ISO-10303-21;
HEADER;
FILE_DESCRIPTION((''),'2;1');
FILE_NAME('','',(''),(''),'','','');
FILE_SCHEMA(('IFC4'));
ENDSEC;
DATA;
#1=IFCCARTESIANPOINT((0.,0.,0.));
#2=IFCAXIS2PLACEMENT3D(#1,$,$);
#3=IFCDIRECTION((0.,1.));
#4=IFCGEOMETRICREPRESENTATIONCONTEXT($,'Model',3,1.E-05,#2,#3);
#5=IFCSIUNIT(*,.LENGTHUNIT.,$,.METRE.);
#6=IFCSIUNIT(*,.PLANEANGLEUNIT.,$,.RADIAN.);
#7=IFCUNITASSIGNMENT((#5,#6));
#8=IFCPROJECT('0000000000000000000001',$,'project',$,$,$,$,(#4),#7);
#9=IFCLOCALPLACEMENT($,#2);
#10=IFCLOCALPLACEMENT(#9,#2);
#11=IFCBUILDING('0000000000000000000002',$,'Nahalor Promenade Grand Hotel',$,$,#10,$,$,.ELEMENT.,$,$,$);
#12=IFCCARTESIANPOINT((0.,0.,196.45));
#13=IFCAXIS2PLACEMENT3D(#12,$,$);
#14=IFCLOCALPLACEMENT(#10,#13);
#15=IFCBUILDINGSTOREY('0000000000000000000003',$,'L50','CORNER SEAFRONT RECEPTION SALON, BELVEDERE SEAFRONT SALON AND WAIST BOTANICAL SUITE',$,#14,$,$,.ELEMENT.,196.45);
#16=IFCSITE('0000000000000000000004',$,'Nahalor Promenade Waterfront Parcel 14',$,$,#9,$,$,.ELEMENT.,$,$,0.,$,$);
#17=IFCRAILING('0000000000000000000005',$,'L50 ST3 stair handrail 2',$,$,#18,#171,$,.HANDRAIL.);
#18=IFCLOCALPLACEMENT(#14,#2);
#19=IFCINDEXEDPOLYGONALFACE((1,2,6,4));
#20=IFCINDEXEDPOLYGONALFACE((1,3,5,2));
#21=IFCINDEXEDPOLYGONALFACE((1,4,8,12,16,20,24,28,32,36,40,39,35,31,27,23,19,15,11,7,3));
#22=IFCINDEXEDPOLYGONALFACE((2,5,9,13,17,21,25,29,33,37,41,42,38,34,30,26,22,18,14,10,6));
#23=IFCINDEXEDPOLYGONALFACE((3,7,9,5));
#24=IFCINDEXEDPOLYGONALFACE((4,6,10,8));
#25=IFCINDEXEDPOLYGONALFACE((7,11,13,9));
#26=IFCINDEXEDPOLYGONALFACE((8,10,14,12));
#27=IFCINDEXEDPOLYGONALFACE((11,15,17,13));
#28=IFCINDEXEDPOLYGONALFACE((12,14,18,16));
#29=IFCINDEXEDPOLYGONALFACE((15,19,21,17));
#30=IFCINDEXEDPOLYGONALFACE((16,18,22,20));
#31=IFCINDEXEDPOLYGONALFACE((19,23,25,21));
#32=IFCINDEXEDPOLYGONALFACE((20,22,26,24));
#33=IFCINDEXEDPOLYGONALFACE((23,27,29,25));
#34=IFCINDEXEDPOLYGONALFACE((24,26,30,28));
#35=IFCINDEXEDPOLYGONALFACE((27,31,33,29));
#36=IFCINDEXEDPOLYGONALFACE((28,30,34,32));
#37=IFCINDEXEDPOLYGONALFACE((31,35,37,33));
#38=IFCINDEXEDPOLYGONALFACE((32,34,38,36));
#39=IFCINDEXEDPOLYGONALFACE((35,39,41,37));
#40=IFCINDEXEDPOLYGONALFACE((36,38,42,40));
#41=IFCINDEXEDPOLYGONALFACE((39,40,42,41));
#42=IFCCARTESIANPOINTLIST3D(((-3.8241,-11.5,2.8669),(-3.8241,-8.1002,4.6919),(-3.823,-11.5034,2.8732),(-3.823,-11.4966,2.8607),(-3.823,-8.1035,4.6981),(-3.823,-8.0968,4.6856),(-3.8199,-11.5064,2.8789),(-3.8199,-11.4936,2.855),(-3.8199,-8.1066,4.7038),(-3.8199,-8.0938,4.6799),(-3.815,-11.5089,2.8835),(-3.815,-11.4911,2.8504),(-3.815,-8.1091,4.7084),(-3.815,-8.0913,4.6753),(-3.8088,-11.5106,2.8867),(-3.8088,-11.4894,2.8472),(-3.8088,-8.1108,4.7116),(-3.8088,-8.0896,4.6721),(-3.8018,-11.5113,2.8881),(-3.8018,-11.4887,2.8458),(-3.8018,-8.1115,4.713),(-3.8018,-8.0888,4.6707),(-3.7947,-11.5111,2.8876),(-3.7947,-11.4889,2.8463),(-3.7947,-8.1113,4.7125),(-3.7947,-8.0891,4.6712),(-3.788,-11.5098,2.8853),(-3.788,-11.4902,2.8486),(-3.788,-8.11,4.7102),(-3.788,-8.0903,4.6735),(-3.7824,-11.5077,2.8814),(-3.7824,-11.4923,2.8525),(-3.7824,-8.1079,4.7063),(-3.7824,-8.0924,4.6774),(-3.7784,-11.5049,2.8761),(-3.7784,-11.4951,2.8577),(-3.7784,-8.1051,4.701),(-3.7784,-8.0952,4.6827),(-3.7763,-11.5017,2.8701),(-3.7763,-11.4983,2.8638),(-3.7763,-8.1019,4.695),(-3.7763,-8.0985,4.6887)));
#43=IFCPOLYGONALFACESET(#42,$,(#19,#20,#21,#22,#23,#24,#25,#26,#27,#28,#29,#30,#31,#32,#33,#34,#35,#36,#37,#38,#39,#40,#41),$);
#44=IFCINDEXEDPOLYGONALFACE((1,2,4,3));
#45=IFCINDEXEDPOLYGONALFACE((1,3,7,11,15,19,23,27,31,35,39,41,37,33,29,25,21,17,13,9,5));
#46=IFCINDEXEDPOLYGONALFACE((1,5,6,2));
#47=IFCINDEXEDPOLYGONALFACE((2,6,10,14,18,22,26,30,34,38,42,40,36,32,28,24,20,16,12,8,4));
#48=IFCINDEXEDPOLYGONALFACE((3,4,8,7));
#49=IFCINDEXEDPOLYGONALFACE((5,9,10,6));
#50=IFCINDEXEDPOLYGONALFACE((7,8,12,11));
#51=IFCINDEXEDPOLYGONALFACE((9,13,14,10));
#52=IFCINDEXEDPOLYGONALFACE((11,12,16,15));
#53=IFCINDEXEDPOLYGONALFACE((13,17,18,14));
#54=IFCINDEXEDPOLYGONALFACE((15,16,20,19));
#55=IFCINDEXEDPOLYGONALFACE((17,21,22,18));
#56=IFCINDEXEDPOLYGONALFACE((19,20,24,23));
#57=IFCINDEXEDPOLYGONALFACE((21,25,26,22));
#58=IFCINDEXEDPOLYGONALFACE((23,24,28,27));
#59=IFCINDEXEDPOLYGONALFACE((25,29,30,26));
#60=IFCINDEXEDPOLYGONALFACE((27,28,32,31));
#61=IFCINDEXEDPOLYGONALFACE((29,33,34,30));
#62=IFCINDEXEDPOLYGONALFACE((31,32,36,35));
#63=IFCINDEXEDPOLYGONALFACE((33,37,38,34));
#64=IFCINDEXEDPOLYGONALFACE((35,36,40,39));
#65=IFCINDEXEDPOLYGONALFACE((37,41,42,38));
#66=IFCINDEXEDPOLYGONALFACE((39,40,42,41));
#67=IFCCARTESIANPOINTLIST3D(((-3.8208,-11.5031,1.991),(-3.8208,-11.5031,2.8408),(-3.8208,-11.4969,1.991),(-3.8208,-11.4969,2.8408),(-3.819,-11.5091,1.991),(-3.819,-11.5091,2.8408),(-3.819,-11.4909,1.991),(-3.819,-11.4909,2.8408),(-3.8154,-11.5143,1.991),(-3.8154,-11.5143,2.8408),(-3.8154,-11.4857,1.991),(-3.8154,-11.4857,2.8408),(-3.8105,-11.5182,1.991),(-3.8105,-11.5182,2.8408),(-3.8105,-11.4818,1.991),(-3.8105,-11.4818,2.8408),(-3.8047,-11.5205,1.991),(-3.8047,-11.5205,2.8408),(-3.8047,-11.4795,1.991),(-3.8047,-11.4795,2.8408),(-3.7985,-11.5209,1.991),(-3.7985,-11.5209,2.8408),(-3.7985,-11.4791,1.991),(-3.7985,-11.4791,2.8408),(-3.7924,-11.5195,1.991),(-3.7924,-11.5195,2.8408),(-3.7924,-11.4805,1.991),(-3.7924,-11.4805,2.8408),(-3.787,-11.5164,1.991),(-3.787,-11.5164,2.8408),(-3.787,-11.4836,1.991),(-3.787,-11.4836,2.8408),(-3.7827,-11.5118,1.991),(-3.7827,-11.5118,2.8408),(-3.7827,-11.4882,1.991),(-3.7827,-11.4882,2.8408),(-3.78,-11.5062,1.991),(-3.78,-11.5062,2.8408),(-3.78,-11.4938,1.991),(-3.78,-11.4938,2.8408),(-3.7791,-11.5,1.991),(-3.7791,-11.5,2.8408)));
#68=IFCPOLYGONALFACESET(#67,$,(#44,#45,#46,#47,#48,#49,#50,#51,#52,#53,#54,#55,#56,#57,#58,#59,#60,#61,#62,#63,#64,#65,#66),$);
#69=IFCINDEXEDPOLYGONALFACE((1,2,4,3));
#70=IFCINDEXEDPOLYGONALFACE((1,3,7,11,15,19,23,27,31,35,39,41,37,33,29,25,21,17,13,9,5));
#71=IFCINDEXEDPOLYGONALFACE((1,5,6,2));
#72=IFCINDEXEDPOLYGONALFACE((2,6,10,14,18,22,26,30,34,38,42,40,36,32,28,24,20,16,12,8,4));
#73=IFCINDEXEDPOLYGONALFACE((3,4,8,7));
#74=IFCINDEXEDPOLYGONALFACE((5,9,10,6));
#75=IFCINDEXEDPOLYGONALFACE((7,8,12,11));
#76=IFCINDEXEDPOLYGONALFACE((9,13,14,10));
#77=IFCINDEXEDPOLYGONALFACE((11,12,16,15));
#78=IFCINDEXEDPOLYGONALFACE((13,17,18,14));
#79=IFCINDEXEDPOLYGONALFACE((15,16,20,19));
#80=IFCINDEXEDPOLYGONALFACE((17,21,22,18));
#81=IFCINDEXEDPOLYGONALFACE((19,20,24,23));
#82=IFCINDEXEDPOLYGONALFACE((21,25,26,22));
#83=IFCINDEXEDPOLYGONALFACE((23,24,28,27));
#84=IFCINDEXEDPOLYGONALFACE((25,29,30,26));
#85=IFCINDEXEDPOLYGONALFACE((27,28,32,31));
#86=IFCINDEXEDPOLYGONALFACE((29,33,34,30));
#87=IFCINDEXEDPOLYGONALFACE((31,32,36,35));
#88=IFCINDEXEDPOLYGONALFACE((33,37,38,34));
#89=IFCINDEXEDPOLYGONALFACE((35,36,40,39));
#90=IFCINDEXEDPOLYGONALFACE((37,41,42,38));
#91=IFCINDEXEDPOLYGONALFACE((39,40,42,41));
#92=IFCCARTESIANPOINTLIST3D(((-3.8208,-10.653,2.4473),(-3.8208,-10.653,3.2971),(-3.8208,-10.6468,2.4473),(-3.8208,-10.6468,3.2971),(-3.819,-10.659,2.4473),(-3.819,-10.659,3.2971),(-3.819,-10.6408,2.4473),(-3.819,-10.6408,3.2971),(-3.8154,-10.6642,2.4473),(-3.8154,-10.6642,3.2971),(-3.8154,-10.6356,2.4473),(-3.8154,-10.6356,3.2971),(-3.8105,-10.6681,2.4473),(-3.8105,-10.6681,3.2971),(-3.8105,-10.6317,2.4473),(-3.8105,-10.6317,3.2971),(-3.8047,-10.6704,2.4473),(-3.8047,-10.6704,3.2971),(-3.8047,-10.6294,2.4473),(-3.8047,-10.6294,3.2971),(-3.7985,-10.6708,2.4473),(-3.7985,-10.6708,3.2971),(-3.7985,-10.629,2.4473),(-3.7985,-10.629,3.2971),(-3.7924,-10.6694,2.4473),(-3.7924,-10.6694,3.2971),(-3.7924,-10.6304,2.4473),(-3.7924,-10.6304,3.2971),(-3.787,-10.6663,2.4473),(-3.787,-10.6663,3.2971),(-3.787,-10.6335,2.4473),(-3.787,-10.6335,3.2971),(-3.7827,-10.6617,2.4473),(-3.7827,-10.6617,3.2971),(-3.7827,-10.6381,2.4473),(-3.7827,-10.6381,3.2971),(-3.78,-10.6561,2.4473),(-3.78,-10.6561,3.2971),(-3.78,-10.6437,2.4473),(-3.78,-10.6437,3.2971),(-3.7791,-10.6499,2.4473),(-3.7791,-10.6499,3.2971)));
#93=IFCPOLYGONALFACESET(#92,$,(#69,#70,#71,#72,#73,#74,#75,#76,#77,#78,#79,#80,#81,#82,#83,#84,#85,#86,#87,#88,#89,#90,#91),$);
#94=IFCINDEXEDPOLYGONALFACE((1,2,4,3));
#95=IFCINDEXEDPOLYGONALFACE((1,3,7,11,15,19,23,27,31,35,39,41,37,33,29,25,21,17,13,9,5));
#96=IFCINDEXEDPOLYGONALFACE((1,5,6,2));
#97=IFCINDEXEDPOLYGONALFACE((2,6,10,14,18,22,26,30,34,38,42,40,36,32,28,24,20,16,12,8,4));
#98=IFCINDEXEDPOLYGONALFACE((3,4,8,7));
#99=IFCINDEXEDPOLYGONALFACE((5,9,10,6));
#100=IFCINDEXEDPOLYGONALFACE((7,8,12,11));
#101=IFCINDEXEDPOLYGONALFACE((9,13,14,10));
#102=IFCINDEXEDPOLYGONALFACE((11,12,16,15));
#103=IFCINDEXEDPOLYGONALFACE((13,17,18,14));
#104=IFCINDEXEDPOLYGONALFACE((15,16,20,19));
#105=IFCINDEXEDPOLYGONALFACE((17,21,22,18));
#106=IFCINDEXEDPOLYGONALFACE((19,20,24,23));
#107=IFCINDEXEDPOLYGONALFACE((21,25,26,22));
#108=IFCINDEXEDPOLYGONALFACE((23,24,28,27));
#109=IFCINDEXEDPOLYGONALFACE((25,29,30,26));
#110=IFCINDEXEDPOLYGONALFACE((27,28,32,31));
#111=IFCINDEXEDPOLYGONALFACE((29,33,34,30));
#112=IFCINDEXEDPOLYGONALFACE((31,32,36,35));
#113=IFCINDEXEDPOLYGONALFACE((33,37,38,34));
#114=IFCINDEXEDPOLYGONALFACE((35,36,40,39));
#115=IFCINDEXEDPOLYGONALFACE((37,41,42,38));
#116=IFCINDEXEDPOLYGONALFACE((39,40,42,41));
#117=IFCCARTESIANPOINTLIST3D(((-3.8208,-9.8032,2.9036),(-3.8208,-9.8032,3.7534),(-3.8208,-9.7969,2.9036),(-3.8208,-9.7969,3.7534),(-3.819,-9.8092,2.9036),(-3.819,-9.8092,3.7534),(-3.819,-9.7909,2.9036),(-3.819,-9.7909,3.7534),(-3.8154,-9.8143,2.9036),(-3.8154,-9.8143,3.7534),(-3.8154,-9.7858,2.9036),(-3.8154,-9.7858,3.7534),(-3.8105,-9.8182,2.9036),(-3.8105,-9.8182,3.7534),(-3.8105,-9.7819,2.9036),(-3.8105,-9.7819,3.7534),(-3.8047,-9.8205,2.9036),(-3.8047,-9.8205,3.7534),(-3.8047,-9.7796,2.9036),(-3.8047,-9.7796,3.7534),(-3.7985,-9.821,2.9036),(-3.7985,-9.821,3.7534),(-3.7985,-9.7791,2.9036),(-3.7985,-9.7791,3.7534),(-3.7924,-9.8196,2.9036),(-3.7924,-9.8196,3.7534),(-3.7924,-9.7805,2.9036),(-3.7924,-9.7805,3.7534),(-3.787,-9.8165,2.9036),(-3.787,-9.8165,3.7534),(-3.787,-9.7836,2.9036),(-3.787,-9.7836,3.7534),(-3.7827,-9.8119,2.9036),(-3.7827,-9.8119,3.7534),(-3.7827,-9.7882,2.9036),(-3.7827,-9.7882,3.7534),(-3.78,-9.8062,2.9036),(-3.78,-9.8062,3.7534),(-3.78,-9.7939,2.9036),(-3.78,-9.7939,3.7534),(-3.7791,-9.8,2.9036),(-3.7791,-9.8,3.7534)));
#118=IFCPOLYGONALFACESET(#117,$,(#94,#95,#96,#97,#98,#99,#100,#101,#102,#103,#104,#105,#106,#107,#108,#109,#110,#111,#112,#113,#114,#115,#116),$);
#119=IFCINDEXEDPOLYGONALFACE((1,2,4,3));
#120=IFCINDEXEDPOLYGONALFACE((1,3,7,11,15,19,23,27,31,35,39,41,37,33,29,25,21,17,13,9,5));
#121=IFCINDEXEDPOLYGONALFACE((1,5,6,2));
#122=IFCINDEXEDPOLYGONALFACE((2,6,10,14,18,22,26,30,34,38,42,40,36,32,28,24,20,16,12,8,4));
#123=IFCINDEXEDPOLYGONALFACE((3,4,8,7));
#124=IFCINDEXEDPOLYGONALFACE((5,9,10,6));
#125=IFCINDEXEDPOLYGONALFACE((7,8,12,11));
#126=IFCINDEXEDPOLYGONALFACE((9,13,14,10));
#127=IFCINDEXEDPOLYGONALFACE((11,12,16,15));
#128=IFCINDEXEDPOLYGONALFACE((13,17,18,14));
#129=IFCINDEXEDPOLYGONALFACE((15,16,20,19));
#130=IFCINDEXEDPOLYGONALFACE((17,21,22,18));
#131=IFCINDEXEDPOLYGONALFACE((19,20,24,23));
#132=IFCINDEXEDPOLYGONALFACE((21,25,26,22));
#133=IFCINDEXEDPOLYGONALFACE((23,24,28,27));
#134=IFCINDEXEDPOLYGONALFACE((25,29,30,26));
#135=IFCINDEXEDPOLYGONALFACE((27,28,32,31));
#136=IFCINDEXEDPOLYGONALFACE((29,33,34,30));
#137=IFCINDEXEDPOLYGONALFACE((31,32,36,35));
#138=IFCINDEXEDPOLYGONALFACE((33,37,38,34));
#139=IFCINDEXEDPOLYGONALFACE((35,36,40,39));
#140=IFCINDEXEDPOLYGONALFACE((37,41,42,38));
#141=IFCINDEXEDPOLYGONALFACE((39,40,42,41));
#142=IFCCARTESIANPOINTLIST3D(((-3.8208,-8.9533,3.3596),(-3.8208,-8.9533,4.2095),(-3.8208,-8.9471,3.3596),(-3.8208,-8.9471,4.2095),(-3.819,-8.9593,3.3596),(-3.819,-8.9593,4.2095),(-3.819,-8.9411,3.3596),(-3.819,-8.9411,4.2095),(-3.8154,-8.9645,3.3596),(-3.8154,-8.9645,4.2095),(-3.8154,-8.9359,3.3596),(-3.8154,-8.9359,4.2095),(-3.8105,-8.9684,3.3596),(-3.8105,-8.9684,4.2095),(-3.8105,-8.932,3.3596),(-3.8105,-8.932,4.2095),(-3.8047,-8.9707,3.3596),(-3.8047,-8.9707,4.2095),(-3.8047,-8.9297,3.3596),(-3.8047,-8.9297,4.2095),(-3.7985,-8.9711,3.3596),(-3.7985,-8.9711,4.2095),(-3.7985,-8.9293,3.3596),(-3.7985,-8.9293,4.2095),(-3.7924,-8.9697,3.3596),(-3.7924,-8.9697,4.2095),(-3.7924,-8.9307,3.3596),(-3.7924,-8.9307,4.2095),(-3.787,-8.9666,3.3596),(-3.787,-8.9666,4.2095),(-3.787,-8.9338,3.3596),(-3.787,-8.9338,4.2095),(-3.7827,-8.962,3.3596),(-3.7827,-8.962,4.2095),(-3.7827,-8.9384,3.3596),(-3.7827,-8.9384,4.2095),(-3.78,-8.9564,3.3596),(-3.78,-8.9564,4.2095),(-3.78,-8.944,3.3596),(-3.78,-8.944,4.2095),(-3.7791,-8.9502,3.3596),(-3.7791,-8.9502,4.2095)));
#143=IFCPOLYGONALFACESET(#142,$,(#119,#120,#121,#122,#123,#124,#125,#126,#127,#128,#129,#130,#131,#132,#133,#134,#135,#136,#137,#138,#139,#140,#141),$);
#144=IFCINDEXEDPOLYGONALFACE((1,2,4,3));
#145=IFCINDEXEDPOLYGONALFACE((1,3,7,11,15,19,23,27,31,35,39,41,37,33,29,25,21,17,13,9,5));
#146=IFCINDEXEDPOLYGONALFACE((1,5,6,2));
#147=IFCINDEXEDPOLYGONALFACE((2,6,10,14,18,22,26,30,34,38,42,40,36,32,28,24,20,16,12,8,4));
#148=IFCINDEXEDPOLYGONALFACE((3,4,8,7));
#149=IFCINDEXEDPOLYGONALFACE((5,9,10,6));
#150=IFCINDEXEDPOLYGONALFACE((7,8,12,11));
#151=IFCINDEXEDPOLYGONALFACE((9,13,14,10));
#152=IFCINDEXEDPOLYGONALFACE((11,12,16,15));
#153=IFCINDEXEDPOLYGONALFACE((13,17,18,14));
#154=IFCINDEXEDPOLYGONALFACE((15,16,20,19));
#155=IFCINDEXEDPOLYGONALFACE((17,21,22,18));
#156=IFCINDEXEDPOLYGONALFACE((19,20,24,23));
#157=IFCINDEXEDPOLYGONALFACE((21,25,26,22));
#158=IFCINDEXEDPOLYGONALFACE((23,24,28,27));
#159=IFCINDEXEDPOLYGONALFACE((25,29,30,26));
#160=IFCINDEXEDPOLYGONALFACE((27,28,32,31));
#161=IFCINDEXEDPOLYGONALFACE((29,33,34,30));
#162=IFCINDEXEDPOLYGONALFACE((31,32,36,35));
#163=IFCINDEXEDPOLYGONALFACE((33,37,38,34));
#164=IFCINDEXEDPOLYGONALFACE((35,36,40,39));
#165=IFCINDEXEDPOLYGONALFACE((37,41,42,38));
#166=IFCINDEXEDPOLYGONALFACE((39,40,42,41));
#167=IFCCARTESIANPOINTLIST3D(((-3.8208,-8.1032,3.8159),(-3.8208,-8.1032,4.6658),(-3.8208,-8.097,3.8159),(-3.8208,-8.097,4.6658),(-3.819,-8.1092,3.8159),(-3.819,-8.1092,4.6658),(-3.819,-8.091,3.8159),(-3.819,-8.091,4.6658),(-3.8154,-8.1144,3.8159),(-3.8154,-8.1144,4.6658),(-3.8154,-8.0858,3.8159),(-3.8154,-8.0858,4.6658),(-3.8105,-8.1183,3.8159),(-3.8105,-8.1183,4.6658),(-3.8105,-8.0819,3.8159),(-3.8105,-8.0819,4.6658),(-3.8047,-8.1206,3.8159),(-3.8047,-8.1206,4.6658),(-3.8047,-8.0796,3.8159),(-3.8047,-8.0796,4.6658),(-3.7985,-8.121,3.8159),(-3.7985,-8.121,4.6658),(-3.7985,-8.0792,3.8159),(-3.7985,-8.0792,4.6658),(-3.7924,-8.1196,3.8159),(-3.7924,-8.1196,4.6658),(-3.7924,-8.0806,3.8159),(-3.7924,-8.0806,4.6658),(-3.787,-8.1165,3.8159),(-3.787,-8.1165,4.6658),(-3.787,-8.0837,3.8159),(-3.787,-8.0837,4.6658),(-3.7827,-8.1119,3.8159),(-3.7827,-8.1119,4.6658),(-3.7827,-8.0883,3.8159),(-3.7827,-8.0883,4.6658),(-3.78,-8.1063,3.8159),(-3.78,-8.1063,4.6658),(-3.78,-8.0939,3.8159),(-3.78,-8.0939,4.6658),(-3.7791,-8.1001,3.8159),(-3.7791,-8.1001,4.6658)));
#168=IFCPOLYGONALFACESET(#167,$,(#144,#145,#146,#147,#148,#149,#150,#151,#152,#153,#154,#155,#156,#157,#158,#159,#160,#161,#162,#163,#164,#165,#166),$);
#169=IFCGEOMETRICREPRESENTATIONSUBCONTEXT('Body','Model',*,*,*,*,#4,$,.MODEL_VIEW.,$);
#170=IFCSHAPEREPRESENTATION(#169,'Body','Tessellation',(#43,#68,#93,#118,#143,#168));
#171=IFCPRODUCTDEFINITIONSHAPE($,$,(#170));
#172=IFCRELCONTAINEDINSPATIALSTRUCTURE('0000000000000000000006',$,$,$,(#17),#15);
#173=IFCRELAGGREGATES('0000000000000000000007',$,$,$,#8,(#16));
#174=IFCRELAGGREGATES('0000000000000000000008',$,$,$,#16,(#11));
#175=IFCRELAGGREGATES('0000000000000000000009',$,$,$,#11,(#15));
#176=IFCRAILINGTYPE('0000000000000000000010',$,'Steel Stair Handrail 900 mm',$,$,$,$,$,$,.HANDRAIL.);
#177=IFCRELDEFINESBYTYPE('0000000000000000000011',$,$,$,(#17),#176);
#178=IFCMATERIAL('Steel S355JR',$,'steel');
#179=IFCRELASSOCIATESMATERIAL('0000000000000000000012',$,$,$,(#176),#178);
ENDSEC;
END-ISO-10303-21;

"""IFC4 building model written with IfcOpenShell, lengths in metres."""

from ifc_helpers import new_model, si_unit, direction, frame, origin, origin_2d, place, context, subcontext, project, spatial, circle, extrude, material, type_object, element, save


model = new_model("IFC4")

# Units and contexts
model_context = context("Model", 3, precision=1e-05, world=origin(), true_north=direction((0.0, 1.0)))
body_context = subcontext(model_context, "Body", "Model", "MODEL_VIEW")
ifc_project = project(units=[si_unit("LENGTHUNIT", "METRE"), si_unit("PLANEANGLEUNIT", "RADIAN")], contexts=[model_context])

# Site, building, storey
site_placement = place(None, origin())
site = spatial("IfcSite", under=ifc_project, at=site_placement, Name="Nahalor Promenade Waterfront Parcel 14", CompositionType="ELEMENT", RefElevation=0.0)
building_placement = place(site_placement, origin())
building = spatial("IfcBuilding", under=site, at=building_placement, Name="Nahalor Promenade Grand Hotel", CompositionType="ELEMENT")
storey_placement = place(building_placement, frame((0.0, 0.0, 196.45)))
storey = spatial("IfcBuildingStorey", under=building, at=storey_placement, Name="L50", Description="CORNER SEAFRONT RECEPTION SALON, BELVEDERE SEAFRONT SALON AND WAIST BOTANICAL SUITE", CompositionType="ELEMENT", Elevation=196.45)

# Shared definitions
ifc_material_1 = material(Name="Steel S355JR", Category="steel")

# Railing
railing_type_1 = type_object("IfcRailingType", Name="Steel Stair Handrail 900 mm", PredefinedType="HANDRAIL", material=ifc_material_1)
railing_1_placement = place(storey_placement, frame((-3.8, -11.5, 1.991)))
element("IfcRailing", 1, at=railing_1_placement, inside=storey, type_object=railing_type_1, Name="L50 ST3 stair handrail 2", PredefinedType="HANDRAIL", context=body_context, shape_type="SweptSolid", body=[
    extrude(circle(Radius=0.024, at=origin_2d()), frame((0.0, 0.0, 0.876), z_axis=(0.0, 0.881094, 0.472941), x_axis=(-1.0, 0.0, 0.0)), (0.0, 0.0, 1.0), 3.8586),
    extrude(circle(Radius=0.021, at=origin_2d()), origin(), (0.0, 0.0, 1.0), 0.8499),
    extrude(circle(Radius=0.021, at=origin_2d()), frame((0.0, 0.8501, 0.4563)), (0.0, 0.0, 1.0), 0.8499),
    extrude(circle(Radius=0.021, at=origin_2d()), frame((0.0, 1.7, 0.9126)), (0.0, 0.0, 1.0), 0.8499),
    extrude(circle(Radius=0.021, at=origin_2d()), frame((0.0, 2.5498, 1.3687)), (0.0, 0.0, 1.0), 0.8499),
    extrude(circle(Radius=0.021, at=origin_2d()), frame((0.0, 3.3999, 1.825)), (0.0, 0.0, 1.0), 0.8499),
])

save(model, "model.ifc")
